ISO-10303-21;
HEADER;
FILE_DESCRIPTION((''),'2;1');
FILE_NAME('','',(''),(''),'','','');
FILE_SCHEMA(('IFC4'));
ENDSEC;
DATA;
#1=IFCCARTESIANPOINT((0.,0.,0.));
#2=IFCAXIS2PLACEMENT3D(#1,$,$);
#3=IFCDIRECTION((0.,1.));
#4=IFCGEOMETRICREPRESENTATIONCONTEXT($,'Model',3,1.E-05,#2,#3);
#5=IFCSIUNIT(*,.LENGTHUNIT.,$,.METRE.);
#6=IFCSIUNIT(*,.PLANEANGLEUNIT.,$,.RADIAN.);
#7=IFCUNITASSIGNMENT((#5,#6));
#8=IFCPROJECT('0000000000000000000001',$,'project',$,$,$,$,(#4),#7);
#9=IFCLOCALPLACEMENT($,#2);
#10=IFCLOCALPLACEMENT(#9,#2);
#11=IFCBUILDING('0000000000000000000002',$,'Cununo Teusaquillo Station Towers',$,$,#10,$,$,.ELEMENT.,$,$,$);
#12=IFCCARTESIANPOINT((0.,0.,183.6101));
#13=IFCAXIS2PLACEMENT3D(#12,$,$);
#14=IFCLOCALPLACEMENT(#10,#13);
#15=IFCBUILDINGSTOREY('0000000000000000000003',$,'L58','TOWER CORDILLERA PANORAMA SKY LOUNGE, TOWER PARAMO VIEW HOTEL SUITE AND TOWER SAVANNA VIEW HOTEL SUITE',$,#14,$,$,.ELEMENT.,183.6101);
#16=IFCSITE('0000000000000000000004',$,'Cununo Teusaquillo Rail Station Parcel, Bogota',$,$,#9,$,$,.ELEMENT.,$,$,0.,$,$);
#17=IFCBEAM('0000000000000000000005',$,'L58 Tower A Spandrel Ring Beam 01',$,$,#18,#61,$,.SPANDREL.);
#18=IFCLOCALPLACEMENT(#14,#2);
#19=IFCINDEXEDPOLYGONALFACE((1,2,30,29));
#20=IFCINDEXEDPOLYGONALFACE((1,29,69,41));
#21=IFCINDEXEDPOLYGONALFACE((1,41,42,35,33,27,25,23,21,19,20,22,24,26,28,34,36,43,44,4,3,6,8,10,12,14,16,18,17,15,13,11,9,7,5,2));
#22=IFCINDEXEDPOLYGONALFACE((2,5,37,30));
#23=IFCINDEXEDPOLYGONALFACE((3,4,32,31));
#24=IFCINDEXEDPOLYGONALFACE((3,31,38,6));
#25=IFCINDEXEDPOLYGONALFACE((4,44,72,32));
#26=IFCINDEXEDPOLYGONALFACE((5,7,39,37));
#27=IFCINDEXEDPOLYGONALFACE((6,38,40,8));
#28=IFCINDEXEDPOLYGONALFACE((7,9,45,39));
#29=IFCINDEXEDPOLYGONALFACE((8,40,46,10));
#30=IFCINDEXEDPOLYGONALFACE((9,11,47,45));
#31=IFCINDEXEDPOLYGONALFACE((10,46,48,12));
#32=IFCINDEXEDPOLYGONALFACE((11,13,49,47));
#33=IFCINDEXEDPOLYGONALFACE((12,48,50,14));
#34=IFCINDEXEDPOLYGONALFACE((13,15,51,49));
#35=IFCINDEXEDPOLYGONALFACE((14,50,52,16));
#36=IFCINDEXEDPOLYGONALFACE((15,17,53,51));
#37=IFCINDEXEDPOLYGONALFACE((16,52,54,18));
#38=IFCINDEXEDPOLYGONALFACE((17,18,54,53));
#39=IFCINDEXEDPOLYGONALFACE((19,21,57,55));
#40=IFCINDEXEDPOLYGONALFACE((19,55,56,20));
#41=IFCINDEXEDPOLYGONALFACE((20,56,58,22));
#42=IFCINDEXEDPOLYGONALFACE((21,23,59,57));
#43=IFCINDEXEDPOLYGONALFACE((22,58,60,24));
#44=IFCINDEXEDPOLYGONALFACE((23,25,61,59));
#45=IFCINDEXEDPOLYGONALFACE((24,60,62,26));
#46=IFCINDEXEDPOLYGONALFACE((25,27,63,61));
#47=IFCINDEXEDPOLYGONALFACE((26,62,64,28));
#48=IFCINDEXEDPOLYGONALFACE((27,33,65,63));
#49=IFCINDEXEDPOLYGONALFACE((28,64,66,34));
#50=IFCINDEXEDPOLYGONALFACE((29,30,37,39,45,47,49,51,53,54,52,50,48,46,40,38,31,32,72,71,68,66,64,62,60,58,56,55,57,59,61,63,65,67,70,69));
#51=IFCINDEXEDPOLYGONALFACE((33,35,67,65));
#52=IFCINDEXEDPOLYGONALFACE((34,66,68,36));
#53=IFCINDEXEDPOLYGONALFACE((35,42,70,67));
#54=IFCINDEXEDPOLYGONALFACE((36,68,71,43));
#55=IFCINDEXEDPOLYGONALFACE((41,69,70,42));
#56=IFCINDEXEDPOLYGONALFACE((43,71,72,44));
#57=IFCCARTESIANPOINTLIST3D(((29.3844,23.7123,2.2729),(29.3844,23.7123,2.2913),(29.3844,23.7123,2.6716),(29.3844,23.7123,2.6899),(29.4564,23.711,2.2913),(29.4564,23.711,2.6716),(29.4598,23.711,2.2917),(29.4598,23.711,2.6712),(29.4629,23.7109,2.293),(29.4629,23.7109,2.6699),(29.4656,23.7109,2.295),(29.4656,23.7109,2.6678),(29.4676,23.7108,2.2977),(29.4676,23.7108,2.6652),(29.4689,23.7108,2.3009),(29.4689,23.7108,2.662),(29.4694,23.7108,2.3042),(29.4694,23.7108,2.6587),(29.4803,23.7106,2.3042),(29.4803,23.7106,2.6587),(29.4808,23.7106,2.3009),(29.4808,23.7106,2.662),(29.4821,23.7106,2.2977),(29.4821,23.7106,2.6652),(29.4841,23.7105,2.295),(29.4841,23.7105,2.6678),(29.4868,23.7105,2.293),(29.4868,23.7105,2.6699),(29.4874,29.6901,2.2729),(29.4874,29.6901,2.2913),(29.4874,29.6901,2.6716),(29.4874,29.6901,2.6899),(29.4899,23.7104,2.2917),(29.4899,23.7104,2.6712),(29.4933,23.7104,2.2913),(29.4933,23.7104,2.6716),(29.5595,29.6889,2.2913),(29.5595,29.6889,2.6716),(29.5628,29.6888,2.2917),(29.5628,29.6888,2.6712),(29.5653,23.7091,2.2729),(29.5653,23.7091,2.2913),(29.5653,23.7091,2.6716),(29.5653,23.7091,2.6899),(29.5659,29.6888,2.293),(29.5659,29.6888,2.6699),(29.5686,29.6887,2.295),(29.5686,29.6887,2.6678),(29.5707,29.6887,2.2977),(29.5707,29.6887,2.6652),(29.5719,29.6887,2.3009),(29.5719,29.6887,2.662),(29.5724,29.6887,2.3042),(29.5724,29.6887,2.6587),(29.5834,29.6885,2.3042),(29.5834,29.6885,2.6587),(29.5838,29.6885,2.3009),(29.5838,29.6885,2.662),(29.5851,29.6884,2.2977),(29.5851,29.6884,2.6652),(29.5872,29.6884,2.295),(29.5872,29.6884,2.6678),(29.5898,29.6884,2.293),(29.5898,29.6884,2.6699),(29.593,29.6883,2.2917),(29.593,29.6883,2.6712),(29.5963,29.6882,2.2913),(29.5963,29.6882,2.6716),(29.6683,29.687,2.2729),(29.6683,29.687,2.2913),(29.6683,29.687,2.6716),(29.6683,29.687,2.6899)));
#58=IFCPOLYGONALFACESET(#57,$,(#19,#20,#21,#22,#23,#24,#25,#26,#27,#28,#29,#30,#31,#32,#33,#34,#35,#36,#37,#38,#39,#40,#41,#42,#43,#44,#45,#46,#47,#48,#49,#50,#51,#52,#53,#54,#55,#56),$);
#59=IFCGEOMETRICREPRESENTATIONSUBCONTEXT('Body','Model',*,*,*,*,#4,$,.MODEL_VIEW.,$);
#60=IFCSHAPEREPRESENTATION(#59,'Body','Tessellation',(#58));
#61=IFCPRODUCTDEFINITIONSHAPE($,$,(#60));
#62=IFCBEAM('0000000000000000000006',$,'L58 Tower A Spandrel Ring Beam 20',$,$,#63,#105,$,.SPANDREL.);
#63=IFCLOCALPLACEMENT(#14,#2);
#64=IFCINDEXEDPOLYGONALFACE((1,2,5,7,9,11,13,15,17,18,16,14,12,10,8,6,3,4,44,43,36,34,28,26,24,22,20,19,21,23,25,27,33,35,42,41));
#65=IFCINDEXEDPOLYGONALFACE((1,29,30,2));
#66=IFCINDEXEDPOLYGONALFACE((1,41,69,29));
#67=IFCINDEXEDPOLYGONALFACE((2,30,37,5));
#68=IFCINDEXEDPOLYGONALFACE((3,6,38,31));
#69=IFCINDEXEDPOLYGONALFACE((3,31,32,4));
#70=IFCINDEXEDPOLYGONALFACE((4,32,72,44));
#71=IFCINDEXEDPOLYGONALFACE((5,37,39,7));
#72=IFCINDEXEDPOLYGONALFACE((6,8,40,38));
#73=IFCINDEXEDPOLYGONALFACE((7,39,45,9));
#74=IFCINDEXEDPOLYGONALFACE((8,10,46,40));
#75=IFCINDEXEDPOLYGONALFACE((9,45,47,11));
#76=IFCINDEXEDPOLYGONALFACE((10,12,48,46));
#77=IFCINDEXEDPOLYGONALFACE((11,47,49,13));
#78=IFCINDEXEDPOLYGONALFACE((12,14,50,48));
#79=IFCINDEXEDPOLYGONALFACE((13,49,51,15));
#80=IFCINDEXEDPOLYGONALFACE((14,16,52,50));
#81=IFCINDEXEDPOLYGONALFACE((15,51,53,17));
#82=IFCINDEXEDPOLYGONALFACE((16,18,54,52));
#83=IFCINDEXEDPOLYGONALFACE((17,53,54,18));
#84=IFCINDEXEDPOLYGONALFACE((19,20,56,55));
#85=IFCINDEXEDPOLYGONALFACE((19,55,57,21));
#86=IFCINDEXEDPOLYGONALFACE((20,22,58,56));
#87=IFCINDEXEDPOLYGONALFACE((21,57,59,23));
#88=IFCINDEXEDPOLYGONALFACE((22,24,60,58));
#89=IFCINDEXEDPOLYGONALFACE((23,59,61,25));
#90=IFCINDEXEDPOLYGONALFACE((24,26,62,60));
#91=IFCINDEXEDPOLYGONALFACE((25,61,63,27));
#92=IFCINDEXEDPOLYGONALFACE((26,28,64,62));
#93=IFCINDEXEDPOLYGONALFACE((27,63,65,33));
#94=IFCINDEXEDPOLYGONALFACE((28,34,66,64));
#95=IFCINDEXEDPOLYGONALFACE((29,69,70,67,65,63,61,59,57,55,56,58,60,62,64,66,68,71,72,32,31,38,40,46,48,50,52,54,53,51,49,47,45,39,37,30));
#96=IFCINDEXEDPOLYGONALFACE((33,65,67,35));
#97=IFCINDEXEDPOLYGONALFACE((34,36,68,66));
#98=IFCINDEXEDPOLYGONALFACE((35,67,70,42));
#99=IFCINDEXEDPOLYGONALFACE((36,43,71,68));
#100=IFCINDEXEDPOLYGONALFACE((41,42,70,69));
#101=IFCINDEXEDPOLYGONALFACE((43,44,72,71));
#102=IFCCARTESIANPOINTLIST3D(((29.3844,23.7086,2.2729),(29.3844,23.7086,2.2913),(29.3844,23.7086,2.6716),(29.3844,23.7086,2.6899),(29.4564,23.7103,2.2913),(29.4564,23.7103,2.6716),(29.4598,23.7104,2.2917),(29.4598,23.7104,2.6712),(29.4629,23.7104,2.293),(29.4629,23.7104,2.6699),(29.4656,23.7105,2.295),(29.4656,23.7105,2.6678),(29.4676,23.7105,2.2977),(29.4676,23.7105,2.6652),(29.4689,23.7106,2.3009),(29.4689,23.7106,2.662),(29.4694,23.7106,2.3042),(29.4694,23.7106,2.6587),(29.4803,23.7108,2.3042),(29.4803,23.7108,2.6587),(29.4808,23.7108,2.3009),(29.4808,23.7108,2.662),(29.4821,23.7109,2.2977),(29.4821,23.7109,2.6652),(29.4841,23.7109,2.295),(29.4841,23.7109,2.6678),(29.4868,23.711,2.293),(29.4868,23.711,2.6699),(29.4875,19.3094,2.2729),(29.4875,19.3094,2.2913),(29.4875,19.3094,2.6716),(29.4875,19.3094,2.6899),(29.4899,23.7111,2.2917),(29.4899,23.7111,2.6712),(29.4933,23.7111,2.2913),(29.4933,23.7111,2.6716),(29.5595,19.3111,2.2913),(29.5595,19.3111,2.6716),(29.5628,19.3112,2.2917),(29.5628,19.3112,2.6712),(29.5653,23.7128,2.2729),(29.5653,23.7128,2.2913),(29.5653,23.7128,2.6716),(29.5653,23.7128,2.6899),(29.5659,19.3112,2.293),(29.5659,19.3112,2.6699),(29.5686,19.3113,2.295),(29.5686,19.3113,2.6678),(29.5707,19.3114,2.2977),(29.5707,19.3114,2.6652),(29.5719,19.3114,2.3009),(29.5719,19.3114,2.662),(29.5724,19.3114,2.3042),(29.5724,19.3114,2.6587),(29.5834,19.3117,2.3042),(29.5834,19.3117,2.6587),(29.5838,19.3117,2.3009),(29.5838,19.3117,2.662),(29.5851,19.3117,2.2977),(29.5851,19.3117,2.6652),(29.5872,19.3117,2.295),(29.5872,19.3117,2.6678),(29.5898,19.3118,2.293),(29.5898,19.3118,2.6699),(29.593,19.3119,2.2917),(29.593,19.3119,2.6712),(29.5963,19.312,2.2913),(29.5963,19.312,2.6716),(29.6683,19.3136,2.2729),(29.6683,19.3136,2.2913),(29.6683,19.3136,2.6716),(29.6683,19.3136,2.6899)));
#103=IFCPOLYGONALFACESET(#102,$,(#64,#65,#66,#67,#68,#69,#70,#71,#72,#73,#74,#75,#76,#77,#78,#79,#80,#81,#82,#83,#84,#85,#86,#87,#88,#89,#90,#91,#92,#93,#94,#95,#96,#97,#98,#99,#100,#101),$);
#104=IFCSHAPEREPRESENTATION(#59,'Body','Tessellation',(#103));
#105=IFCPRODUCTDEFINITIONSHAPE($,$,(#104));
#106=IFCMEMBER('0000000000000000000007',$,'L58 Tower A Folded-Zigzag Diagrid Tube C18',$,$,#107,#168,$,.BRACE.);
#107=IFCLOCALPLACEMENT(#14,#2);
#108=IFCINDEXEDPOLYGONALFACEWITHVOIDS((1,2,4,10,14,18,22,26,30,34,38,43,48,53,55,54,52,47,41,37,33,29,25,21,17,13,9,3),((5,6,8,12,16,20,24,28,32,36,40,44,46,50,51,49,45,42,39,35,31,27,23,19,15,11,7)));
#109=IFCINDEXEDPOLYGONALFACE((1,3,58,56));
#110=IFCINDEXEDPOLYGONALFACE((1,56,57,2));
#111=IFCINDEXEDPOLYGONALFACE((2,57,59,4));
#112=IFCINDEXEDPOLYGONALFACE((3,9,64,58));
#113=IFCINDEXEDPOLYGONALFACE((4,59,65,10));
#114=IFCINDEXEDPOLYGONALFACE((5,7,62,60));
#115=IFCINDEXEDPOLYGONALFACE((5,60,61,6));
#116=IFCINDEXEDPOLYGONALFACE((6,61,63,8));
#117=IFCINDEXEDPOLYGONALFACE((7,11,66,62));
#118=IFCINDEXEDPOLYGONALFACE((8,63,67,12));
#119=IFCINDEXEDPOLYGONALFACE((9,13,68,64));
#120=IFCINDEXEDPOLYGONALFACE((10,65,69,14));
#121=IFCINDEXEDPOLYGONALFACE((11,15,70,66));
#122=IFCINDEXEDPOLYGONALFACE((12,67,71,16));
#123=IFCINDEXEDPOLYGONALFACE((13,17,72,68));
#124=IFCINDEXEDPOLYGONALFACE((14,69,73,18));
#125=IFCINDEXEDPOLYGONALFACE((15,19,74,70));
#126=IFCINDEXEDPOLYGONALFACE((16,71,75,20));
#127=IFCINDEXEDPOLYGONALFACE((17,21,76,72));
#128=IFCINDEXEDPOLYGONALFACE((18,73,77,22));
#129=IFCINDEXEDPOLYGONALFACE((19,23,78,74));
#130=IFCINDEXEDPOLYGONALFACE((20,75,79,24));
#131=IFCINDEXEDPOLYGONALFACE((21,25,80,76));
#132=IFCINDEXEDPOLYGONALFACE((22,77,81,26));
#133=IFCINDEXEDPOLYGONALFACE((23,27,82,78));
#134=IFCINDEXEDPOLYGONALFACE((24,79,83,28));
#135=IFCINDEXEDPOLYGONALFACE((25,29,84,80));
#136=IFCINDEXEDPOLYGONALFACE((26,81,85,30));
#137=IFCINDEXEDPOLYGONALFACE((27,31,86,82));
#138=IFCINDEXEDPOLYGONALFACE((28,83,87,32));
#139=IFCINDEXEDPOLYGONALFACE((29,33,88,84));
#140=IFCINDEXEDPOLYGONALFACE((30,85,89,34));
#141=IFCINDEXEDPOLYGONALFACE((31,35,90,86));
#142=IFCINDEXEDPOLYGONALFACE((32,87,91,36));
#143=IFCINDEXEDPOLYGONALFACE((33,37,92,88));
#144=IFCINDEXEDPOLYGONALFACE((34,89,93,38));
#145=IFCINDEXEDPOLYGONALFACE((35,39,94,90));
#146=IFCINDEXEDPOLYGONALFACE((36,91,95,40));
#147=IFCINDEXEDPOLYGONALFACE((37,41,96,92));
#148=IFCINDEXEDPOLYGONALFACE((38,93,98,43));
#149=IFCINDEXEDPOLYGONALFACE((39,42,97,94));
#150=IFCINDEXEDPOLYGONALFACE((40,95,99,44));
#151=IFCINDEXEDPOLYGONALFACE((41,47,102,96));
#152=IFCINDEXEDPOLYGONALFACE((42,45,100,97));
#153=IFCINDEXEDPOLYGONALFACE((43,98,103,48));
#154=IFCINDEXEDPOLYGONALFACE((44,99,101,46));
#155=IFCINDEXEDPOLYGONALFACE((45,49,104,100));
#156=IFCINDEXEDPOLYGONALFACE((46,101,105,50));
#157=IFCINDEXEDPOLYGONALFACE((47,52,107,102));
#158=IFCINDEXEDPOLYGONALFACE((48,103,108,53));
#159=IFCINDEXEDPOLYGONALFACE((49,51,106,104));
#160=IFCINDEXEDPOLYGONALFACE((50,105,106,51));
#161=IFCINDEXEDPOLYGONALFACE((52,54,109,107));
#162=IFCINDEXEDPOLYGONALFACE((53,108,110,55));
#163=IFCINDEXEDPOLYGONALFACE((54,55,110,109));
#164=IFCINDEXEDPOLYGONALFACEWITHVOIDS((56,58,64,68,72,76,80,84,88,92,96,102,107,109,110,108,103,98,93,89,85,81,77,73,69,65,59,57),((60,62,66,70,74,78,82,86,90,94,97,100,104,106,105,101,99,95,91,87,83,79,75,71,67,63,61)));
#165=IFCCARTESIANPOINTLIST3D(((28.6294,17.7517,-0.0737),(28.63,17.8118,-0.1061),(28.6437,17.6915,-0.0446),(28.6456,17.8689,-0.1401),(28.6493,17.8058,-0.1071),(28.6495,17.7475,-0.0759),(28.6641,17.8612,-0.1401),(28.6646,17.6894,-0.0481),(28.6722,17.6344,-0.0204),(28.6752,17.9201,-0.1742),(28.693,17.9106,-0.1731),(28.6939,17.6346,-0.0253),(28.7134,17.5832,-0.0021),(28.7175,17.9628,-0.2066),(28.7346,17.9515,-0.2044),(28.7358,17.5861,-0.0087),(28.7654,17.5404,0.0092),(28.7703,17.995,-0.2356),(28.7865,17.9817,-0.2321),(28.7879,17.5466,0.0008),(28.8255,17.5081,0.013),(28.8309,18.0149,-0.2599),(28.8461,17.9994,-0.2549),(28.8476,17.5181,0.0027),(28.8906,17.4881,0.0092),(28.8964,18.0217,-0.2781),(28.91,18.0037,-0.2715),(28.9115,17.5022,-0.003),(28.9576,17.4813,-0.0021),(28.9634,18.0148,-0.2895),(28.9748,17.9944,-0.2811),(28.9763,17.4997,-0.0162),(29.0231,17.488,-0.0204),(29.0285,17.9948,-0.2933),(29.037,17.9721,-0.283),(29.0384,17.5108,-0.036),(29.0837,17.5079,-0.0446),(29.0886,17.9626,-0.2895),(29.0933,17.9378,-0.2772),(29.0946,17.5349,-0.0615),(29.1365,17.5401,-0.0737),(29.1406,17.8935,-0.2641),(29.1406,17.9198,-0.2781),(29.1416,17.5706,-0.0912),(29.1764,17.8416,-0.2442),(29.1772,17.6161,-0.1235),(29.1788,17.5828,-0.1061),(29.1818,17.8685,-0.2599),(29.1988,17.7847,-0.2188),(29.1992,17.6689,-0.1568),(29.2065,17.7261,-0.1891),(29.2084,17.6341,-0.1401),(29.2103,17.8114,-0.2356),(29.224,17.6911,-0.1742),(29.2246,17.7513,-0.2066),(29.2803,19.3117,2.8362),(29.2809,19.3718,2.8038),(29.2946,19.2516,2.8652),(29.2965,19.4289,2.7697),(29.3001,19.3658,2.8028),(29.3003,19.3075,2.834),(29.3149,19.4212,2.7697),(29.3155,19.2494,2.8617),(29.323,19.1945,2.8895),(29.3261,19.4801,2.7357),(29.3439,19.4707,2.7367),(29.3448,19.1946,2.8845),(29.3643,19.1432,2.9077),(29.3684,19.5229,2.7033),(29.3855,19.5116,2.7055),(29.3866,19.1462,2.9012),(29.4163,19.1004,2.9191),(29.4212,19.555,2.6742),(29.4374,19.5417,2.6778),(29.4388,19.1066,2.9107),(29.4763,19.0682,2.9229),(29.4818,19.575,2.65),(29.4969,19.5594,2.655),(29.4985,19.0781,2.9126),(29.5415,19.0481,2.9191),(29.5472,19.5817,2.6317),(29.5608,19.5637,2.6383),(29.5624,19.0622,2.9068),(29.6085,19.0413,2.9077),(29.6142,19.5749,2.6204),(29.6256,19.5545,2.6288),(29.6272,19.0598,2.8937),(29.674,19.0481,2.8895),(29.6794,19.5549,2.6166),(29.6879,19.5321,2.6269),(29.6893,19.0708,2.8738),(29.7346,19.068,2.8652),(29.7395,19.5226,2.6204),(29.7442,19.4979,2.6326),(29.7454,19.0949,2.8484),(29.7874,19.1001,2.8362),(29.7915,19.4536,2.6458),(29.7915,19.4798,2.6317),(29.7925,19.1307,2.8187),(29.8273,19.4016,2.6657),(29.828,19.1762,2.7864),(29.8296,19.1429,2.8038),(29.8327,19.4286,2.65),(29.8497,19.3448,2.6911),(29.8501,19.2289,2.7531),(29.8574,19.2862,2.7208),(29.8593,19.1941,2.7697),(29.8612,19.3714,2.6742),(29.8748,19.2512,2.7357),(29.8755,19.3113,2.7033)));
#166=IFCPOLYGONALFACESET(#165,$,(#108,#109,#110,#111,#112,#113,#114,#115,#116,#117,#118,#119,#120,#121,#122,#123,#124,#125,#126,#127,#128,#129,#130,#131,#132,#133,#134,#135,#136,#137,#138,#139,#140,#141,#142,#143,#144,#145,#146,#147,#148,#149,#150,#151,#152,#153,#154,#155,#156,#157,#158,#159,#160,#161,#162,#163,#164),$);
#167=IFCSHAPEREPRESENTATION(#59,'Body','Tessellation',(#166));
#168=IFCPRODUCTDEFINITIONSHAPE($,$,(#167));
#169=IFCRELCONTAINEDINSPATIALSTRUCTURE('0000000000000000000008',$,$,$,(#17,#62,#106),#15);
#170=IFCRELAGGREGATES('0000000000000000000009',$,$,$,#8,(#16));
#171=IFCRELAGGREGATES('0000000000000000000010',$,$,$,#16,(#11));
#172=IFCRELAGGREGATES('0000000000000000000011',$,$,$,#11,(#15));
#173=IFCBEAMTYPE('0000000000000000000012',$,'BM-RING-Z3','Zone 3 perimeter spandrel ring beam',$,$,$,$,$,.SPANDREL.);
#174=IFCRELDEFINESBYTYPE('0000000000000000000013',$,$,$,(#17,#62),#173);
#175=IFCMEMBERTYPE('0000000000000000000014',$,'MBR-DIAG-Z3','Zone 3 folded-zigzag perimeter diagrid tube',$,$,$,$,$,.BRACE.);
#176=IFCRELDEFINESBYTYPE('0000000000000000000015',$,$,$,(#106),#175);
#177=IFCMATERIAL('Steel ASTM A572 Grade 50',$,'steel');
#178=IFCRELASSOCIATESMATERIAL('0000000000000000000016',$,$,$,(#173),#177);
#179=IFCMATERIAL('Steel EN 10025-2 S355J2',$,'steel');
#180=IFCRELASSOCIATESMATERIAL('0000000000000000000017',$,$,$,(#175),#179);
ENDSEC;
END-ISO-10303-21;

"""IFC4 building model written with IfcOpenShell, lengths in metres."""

from ifc_helpers import new_model, si_unit, direction, frame, origin, origin_2d, place, context, subcontext, project, spatial, hollow_circle, i_section, extrude, material, material_profile, profile_set, type_object, element, save


model = new_model("IFC4")

# Units and contexts
model_context = context("Model", 3, precision=1e-05, world=origin(), true_north=direction((0.0, 1.0)))
body_context = subcontext(model_context, "Body", "Model", "MODEL_VIEW")
ifc_project = project(units=[si_unit("LENGTHUNIT", "METRE"), si_unit("PLANEANGLEUNIT", "RADIAN")], contexts=[model_context])

# Site, building, storey
site_placement = place(None, origin())
site = spatial("IfcSite", under=ifc_project, at=site_placement, Name="Cununo Teusaquillo Rail Station Parcel, Bogota", CompositionType="ELEMENT", RefElevation=0.0)
building_placement = place(site_placement, origin())
building = spatial("IfcBuilding", under=site, at=building_placement, Name="Cununo Teusaquillo Station Towers", CompositionType="ELEMENT")
storey_placement = place(building_placement, frame((0.0, 0.0, 183.6101)))
storey = spatial("IfcBuildingStorey", under=building, at=storey_placement, Name="L58", Description="TOWER CORDILLERA PANORAMA SKY LOUNGE, TOWER PARAMO VIEW HOTEL SUITE AND TOWER SAVANNA VIEW HOTEL SUITE", CompositionType="ELEMENT", Elevation=183.6101)

# Beams
ifc_material_1 = material(Name="Steel ASTM A572 Grade 50", Category="steel")
ifc_material_profile_1 = material_profile(ifc_material_1, i_section(OverallWidth=0.1809, OverallDepth=0.417, WebThickness=0.011, FlangeThickness=0.0183, FilletRadius=0.0129, at=origin_2d()), Name="W16X57")
ifc_profile_set_1 = profile_set([ifc_material_profile_1], Name="Steel ASTM A572 Grade 50")
beam_type_1 = type_object("IfcBeamType", Name="BM-RING-Z3", Description="Zone 3 perimeter spandrel ring beam", PredefinedType="SPANDREL", material=ifc_profile_set_1)
beam_1_placement = place(storey_placement, frame((29.4749, 23.7107, 2.4814), z_axis=(0.017232, 0.999852, 0.0), x_axis=(-0.999852, 0.017232, 0.0)))
element("IfcBeam", 1, at=beam_1_placement, inside=storey, type_object=beam_type_1, Name="L58 Tower A Spandrel Ring Beam 01", PredefinedType="SPANDREL", context=body_context, shape_type="SweptSolid", body=[
    extrude(i_section(OverallWidth=0.1809, OverallDepth=0.417, WebThickness=0.011, FlangeThickness=0.0183, FilletRadius=0.0129, at=origin_2d()), origin(), (0.0, 0.0, 1.0), 5.9788),
])
beam_2_placement = place(storey_placement, frame((29.5779, 19.3115, 2.4814), z_axis=(-0.023413, 0.999726, 0.0), x_axis=(-0.999726, -0.023413, 0.0)))
element("IfcBeam", 2, at=beam_2_placement, inside=storey, type_object=beam_type_1, Name="L58 Tower A Spandrel Ring Beam 20", PredefinedType="SPANDREL", context=body_context, shape_type="SweptSolid", body=[
    extrude(i_section(OverallWidth=0.1809, OverallDepth=0.417, WebThickness=0.011, FlangeThickness=0.0183, FilletRadius=0.0129, at=origin_2d()), origin(), (0.0, 0.0, 1.0), 4.4004),
])

# Member
ifc_material_2 = material(Name="Steel EN 10025-2 S355J2", Category="steel")
ifc_material_profile_2 = material_profile(ifc_material_2, hollow_circle(Radius=0.3049, WallThickness=0.02, at=origin_2d()), Name="CHS 610x20")
ifc_profile_set_2 = profile_set([ifc_material_profile_2], Name="Steel EN 10025-2 S355J2")
member_type = type_object("IfcMemberType", Name="MBR-DIAG-Z3", Description="Zone 3 folded-zigzag perimeter diagrid tube", PredefinedType="BRACE", material=ifc_profile_set_2)
member_placement = place(storey_placement, frame((28.927, 17.7515, -0.1401), z_axis=(0.193411, 0.463577, 0.86469), x_axis=(-0.922897, 0.385046, 0.0)))
element("IfcMember", 3, at=member_placement, inside=storey, type_object=member_type, Name="L58 Tower A Folded-Zigzag Diagrid Tube C18", PredefinedType="BRACE", context=body_context, shape_type="SweptSolid", body=[
    extrude(hollow_circle(Radius=0.3049, WallThickness=0.02, at=origin_2d()), origin(), (0.0, 0.0, 1.0), 3.3652),
])

save(model, "model.ifc")
